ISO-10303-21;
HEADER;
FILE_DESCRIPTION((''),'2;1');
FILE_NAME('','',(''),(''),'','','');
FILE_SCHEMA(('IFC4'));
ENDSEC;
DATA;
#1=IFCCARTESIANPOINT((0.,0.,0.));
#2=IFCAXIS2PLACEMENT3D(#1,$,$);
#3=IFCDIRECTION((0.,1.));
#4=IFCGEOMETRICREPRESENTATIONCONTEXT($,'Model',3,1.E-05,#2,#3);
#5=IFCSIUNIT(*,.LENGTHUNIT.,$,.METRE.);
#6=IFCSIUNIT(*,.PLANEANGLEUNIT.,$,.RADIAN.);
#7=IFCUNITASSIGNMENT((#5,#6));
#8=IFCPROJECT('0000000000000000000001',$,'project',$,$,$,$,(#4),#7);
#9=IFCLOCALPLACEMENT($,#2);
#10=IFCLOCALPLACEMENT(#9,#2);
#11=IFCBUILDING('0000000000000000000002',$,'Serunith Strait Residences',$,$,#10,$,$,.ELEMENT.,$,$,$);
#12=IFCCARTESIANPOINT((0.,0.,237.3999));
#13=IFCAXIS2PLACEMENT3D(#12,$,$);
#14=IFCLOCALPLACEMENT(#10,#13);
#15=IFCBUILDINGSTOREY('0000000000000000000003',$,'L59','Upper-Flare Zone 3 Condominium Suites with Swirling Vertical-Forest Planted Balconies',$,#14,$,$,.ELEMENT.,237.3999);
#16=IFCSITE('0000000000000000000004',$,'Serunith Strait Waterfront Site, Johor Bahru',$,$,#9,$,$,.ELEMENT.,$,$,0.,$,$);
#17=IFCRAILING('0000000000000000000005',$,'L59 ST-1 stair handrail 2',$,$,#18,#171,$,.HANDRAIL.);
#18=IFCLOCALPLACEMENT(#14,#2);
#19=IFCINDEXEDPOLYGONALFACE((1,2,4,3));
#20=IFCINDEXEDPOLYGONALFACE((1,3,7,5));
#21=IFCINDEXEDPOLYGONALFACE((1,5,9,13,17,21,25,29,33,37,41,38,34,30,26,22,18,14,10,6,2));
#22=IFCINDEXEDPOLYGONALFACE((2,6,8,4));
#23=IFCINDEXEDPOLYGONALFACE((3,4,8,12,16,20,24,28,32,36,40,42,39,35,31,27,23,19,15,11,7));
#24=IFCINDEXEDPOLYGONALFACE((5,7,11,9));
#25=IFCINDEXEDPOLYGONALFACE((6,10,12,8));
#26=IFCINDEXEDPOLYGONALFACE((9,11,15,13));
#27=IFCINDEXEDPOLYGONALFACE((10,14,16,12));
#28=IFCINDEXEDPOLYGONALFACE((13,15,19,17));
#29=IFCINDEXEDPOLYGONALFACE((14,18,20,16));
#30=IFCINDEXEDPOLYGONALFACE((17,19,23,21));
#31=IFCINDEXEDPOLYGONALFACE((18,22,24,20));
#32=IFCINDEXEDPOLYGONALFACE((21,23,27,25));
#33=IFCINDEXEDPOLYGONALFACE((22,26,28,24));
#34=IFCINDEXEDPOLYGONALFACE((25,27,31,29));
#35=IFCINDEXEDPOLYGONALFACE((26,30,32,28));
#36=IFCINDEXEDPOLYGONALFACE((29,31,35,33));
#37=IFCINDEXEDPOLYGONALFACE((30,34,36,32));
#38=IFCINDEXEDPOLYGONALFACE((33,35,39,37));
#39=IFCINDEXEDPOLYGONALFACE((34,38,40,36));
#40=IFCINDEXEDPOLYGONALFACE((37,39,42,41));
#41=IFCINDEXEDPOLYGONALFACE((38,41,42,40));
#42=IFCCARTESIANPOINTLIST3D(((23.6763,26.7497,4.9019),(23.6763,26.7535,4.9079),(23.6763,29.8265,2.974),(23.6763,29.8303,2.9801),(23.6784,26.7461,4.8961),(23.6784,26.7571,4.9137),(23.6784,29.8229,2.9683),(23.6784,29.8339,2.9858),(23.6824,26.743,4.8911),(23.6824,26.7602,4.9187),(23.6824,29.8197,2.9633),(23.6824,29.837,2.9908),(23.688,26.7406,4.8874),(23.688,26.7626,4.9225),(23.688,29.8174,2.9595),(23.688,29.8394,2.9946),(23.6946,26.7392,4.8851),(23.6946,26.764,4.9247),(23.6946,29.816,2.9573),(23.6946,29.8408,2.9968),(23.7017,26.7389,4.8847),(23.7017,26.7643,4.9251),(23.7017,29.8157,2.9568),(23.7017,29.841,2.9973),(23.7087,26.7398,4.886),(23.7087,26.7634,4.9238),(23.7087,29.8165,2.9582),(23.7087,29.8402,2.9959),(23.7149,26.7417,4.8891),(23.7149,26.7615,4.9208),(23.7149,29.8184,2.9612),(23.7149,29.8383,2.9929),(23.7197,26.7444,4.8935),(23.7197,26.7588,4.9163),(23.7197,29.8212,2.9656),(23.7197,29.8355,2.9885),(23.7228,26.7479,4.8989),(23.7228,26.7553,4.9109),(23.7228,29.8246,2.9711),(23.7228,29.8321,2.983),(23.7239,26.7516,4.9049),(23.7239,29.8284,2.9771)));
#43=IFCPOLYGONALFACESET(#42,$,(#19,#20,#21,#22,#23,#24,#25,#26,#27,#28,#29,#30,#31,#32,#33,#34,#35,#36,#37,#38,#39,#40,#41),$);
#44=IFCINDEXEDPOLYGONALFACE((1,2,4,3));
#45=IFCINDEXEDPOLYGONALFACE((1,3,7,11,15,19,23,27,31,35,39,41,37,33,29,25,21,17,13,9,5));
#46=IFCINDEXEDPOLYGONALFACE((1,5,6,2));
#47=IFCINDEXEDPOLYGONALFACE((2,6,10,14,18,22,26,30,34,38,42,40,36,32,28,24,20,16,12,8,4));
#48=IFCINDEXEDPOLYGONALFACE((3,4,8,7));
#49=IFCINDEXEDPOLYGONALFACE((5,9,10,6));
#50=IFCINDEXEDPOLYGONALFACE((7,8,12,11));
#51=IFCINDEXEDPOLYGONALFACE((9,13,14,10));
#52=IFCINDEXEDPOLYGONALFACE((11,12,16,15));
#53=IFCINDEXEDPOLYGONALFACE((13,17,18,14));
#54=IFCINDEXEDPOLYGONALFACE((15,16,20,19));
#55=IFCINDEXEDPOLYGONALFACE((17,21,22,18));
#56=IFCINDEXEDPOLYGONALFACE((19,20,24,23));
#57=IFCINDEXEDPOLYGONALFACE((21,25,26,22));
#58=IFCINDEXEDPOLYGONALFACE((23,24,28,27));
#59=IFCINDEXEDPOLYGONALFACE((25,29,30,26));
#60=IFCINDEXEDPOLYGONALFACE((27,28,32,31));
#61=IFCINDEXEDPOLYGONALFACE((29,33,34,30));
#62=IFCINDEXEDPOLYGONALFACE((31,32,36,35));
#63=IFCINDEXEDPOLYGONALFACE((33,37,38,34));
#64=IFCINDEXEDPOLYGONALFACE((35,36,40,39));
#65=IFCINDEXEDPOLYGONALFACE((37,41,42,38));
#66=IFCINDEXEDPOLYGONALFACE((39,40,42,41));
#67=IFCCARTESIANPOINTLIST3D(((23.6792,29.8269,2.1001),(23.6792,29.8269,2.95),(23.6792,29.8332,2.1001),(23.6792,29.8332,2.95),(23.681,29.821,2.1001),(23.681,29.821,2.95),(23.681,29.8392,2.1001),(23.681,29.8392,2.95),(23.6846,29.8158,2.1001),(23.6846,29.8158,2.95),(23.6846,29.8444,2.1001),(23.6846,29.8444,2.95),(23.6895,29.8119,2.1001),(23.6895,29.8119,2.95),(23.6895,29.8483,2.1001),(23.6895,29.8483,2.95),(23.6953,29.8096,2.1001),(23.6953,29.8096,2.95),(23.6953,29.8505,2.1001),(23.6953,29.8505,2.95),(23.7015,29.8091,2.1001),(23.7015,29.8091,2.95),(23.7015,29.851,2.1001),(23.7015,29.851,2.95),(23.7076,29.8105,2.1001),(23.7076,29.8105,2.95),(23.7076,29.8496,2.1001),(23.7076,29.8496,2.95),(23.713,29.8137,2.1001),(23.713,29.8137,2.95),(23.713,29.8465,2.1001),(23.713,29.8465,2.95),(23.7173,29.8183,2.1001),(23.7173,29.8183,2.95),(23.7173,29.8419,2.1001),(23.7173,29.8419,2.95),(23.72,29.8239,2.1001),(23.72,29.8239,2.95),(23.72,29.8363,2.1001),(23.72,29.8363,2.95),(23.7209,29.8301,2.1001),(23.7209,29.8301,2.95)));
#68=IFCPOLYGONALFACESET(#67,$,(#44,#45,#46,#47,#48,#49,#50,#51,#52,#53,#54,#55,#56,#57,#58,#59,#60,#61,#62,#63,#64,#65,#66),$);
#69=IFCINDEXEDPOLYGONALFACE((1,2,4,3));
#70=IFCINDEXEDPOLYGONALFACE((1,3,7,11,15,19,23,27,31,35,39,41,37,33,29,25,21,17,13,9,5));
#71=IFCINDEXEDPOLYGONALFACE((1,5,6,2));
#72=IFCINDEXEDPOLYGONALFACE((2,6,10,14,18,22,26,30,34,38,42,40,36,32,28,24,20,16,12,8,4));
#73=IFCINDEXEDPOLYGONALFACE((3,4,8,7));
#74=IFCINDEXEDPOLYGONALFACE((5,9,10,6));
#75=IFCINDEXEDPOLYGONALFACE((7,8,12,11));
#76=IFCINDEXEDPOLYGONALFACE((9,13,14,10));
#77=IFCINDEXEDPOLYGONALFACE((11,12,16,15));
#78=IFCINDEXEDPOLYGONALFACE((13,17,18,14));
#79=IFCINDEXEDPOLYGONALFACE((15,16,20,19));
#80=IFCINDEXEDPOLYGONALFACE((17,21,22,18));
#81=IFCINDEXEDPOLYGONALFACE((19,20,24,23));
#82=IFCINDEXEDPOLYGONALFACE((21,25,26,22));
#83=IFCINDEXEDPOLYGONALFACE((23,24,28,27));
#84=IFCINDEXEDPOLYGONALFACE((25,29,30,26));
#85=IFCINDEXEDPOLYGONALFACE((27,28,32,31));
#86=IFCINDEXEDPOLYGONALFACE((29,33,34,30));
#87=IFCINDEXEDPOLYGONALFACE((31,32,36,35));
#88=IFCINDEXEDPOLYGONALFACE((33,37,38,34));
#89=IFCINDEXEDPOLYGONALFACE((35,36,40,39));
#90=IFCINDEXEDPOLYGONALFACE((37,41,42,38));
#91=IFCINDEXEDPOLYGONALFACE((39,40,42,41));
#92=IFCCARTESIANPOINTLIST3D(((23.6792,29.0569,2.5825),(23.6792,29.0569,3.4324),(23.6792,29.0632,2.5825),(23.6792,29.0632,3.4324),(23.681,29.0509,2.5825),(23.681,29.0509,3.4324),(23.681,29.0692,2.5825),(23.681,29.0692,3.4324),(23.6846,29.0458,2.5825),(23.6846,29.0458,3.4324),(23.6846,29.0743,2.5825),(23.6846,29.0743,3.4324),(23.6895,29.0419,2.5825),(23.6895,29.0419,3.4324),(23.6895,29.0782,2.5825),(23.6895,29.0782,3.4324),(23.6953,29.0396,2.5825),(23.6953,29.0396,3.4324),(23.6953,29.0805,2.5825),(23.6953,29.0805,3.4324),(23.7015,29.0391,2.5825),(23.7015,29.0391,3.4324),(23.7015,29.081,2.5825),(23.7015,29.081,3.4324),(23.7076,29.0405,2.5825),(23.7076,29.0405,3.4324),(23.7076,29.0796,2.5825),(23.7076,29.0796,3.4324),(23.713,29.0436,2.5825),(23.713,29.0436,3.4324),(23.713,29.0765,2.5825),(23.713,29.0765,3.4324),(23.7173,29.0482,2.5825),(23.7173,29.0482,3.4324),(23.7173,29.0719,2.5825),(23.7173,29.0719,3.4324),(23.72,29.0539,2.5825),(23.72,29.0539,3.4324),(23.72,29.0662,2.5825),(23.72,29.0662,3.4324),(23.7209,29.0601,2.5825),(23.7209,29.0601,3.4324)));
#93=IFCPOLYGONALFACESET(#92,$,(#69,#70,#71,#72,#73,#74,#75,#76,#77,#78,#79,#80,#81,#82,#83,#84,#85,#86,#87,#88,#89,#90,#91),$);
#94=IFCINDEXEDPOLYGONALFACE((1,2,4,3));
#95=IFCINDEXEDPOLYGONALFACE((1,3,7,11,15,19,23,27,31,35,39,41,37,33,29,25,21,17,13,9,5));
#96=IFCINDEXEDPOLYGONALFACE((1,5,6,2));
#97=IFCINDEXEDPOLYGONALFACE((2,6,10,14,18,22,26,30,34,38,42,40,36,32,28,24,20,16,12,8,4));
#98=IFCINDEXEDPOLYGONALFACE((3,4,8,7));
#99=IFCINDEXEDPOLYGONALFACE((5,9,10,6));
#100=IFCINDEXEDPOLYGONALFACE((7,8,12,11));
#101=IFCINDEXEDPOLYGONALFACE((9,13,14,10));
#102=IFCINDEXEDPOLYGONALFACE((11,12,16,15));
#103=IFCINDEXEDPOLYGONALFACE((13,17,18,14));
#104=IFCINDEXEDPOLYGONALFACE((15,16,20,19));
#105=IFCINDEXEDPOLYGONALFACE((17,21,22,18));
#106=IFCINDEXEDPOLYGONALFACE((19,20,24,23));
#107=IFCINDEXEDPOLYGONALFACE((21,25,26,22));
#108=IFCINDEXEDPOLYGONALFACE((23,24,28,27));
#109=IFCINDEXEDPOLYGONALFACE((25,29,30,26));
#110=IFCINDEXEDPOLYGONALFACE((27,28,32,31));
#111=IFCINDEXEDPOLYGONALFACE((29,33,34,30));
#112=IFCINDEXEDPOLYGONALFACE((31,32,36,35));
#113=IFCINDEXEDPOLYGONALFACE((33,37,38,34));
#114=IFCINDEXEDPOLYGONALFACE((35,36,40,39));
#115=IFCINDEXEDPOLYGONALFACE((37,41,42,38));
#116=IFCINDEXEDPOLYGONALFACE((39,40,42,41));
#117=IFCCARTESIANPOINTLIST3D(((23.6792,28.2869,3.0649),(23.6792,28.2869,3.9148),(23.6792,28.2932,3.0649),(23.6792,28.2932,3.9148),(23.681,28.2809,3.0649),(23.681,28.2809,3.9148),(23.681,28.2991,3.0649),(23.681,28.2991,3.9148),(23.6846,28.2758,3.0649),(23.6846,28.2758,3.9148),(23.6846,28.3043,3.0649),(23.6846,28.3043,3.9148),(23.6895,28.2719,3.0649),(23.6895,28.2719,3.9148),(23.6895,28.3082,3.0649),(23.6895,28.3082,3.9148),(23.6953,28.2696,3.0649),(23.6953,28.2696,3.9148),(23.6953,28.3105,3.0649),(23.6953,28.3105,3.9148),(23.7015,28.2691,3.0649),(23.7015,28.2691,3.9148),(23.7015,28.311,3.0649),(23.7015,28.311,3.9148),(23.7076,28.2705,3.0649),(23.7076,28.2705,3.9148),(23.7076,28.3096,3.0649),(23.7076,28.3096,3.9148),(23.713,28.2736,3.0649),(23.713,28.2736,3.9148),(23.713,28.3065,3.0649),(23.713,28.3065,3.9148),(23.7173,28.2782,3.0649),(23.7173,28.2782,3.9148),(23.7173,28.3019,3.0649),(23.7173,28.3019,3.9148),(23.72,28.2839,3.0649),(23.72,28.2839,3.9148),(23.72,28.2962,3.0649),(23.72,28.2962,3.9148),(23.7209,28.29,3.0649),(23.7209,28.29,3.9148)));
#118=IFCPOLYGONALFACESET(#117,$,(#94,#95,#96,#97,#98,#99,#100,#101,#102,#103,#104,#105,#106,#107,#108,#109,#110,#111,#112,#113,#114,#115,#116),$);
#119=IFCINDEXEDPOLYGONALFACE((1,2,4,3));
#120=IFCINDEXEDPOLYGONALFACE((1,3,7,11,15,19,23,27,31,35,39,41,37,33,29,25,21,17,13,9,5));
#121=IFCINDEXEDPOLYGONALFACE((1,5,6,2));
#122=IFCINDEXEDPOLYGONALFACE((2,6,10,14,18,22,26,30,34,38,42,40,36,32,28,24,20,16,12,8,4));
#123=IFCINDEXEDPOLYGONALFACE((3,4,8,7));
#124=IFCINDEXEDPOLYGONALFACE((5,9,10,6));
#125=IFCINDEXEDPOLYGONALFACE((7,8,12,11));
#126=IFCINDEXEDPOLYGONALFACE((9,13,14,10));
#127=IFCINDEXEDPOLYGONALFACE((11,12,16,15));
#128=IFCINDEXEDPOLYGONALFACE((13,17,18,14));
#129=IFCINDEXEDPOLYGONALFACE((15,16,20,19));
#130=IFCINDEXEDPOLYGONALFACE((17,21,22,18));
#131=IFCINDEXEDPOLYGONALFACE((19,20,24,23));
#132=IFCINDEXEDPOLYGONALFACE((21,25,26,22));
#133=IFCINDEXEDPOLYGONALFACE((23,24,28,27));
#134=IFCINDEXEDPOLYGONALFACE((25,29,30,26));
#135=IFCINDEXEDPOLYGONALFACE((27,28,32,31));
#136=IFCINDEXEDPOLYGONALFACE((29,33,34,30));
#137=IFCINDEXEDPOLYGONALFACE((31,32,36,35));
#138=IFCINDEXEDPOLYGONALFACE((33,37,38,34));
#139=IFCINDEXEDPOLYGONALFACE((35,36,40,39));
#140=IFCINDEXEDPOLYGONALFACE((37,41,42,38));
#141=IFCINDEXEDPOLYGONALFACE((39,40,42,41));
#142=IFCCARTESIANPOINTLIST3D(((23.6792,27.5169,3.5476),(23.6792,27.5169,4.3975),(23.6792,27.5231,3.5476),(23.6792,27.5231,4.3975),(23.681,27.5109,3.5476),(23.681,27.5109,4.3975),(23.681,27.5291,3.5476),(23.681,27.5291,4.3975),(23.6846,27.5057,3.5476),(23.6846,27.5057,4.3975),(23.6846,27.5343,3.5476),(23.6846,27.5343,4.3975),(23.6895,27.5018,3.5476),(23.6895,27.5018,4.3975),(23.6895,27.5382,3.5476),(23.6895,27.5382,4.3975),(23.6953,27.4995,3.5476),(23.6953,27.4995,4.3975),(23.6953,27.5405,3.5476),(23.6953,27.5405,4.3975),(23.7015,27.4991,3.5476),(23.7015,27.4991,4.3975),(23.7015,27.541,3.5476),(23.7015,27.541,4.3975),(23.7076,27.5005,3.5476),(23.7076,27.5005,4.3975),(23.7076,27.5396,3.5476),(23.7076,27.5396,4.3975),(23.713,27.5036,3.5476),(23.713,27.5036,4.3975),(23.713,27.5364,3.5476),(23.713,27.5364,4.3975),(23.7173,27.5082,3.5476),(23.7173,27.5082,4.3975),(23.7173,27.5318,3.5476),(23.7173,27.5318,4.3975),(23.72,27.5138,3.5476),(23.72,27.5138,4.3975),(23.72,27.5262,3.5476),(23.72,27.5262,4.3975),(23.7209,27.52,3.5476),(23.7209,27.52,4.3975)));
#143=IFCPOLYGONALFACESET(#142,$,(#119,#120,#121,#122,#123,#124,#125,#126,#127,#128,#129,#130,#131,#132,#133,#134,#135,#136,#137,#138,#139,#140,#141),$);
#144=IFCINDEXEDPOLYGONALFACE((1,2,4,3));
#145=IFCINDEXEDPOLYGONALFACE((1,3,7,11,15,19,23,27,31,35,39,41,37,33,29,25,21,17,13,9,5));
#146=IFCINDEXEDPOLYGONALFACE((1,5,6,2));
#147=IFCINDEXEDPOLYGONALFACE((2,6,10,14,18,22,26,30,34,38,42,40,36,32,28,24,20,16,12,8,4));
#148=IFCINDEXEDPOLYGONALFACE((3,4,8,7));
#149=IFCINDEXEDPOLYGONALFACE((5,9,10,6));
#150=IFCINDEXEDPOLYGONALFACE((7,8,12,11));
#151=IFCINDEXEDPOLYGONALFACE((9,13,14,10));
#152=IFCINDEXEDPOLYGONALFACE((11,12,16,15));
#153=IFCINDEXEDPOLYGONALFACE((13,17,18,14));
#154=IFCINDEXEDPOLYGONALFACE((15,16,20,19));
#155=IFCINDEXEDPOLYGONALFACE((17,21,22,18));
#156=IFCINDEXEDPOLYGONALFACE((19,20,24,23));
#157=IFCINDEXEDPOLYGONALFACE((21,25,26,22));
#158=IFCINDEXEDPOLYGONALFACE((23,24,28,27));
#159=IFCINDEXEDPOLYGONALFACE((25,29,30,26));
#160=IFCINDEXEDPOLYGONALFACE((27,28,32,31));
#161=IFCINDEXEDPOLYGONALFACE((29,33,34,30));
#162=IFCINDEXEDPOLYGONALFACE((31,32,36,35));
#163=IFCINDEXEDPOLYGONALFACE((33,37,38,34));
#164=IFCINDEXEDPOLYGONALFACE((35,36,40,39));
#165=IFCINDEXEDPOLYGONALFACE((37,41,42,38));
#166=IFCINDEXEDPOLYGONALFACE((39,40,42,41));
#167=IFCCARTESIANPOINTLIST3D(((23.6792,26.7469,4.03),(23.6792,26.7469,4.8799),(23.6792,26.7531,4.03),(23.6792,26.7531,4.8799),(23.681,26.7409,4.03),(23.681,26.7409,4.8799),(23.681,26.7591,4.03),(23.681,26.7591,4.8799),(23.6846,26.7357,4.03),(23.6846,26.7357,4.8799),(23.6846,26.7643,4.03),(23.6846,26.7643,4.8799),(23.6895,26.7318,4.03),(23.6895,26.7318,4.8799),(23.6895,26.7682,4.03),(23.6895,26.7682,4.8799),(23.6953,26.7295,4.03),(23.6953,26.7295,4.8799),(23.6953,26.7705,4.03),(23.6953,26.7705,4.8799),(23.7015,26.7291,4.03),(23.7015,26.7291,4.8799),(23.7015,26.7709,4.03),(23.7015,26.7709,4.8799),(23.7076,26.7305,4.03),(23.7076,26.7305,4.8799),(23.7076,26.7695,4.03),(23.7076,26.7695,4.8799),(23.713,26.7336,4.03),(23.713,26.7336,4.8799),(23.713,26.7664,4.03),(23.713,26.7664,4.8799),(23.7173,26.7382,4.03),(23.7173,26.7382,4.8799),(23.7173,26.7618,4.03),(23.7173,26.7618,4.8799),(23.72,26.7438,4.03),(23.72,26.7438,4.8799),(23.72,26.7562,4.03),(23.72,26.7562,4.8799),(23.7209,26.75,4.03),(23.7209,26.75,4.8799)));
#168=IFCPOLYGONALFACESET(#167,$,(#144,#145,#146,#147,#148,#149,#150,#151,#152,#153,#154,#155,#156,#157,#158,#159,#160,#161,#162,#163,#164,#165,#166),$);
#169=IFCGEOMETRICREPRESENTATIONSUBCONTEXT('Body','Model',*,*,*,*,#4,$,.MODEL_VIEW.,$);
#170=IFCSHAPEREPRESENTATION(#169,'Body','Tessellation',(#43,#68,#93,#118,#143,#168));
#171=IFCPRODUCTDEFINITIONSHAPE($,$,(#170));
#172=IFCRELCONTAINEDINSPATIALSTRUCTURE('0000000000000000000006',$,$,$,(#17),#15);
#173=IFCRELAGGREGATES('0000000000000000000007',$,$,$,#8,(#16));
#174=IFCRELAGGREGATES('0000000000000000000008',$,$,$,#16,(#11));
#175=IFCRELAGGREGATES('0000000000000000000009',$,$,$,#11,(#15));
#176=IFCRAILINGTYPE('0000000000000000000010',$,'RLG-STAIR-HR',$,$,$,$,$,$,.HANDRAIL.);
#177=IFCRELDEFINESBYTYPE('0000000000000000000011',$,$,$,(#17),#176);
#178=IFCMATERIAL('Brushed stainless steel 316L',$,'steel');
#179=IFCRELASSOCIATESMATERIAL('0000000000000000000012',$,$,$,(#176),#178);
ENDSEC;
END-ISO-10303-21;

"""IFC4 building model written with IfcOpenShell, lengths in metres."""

from ifc_helpers import new_model, si_unit, direction, frame, origin, origin_2d, place, context, subcontext, project, spatial, circle, extrude, material, type_object, element, save


model = new_model("IFC4")

# Units and contexts
model_context = context("Model", 3, precision=1e-05, world=origin(), true_north=direction((0.0, 1.0)))
body_context = subcontext(model_context, "Body", "Model", "MODEL_VIEW")
ifc_project = project(units=[si_unit("LENGTHUNIT", "METRE"), si_unit("PLANEANGLEUNIT", "RADIAN")], contexts=[model_context])

# Site, building, storey
site_placement = place(None, origin())
site = spatial("IfcSite", under=ifc_project, at=site_placement, Name="Serunith Strait Waterfront Site, Johor Bahru", CompositionType="ELEMENT", RefElevation=0.0)
building_placement = place(site_placement, origin())
building = spatial("IfcBuilding", under=site, at=building_placement, Name="Serunith Strait Residences", CompositionType="ELEMENT")
storey_placement = place(building_placement, frame((0.0, 0.0, 237.3999)))
storey = spatial("IfcBuildingStorey", under=building, at=storey_placement, Name="L59", Description="Upper-Flare Zone 3 Condominium Suites with Swirling Vertical-Forest Planted Balconies", CompositionType="ELEMENT", Elevation=237.3999)

# Railing
ifc_material_1 = material(Name="Brushed stainless steel 316L", Category="steel")
railing_type_1 = type_object("IfcRailingType", Name="RLG-STAIR-HR", PredefinedType="HANDRAIL", material=ifc_material_1)
railing_1_placement = place(storey_placement, frame((23.7, 29.8301, 2.1001)))
element("IfcRailing", 1, at=railing_1_placement, inside=storey, type_object=railing_type_1, Name="L59 ST-1 stair handrail 2", PredefinedType="HANDRAIL", context=body_context, shape_type="SweptSolid", body=[
    extrude(circle(Radius=0.0239, at=origin_2d()), frame((0.0, -0.0017, 0.877), z_axis=(0.0, -0.847394, 0.530965), x_axis=(1.0, 0.0, 0.0)), (0.0, 0.0, 1.0), 3.6309),
    extrude(circle(Radius=0.021, at=origin_2d()), origin(), (0.0, 0.0, 1.0), 0.8499),
    extrude(circle(Radius=0.021, at=origin_2d()), frame((0.0, -0.77, 0.4824)), (0.0, 0.0, 1.0), 0.8499),
    extrude(circle(Radius=0.021, at=origin_2d()), frame((0.0, -1.54, 0.9648)), (0.0, 0.0, 1.0), 0.8499),
    extrude(circle(Radius=0.021, at=origin_2d()), frame((0.0, -2.3101, 1.4475)), (0.0, 0.0, 1.0), 0.8499),
    extrude(circle(Radius=0.021, at=origin_2d()), frame((0.0, -3.0801, 1.9299)), (0.0, 0.0, 1.0), 0.8499),
])

save(model, "model.ifc")
